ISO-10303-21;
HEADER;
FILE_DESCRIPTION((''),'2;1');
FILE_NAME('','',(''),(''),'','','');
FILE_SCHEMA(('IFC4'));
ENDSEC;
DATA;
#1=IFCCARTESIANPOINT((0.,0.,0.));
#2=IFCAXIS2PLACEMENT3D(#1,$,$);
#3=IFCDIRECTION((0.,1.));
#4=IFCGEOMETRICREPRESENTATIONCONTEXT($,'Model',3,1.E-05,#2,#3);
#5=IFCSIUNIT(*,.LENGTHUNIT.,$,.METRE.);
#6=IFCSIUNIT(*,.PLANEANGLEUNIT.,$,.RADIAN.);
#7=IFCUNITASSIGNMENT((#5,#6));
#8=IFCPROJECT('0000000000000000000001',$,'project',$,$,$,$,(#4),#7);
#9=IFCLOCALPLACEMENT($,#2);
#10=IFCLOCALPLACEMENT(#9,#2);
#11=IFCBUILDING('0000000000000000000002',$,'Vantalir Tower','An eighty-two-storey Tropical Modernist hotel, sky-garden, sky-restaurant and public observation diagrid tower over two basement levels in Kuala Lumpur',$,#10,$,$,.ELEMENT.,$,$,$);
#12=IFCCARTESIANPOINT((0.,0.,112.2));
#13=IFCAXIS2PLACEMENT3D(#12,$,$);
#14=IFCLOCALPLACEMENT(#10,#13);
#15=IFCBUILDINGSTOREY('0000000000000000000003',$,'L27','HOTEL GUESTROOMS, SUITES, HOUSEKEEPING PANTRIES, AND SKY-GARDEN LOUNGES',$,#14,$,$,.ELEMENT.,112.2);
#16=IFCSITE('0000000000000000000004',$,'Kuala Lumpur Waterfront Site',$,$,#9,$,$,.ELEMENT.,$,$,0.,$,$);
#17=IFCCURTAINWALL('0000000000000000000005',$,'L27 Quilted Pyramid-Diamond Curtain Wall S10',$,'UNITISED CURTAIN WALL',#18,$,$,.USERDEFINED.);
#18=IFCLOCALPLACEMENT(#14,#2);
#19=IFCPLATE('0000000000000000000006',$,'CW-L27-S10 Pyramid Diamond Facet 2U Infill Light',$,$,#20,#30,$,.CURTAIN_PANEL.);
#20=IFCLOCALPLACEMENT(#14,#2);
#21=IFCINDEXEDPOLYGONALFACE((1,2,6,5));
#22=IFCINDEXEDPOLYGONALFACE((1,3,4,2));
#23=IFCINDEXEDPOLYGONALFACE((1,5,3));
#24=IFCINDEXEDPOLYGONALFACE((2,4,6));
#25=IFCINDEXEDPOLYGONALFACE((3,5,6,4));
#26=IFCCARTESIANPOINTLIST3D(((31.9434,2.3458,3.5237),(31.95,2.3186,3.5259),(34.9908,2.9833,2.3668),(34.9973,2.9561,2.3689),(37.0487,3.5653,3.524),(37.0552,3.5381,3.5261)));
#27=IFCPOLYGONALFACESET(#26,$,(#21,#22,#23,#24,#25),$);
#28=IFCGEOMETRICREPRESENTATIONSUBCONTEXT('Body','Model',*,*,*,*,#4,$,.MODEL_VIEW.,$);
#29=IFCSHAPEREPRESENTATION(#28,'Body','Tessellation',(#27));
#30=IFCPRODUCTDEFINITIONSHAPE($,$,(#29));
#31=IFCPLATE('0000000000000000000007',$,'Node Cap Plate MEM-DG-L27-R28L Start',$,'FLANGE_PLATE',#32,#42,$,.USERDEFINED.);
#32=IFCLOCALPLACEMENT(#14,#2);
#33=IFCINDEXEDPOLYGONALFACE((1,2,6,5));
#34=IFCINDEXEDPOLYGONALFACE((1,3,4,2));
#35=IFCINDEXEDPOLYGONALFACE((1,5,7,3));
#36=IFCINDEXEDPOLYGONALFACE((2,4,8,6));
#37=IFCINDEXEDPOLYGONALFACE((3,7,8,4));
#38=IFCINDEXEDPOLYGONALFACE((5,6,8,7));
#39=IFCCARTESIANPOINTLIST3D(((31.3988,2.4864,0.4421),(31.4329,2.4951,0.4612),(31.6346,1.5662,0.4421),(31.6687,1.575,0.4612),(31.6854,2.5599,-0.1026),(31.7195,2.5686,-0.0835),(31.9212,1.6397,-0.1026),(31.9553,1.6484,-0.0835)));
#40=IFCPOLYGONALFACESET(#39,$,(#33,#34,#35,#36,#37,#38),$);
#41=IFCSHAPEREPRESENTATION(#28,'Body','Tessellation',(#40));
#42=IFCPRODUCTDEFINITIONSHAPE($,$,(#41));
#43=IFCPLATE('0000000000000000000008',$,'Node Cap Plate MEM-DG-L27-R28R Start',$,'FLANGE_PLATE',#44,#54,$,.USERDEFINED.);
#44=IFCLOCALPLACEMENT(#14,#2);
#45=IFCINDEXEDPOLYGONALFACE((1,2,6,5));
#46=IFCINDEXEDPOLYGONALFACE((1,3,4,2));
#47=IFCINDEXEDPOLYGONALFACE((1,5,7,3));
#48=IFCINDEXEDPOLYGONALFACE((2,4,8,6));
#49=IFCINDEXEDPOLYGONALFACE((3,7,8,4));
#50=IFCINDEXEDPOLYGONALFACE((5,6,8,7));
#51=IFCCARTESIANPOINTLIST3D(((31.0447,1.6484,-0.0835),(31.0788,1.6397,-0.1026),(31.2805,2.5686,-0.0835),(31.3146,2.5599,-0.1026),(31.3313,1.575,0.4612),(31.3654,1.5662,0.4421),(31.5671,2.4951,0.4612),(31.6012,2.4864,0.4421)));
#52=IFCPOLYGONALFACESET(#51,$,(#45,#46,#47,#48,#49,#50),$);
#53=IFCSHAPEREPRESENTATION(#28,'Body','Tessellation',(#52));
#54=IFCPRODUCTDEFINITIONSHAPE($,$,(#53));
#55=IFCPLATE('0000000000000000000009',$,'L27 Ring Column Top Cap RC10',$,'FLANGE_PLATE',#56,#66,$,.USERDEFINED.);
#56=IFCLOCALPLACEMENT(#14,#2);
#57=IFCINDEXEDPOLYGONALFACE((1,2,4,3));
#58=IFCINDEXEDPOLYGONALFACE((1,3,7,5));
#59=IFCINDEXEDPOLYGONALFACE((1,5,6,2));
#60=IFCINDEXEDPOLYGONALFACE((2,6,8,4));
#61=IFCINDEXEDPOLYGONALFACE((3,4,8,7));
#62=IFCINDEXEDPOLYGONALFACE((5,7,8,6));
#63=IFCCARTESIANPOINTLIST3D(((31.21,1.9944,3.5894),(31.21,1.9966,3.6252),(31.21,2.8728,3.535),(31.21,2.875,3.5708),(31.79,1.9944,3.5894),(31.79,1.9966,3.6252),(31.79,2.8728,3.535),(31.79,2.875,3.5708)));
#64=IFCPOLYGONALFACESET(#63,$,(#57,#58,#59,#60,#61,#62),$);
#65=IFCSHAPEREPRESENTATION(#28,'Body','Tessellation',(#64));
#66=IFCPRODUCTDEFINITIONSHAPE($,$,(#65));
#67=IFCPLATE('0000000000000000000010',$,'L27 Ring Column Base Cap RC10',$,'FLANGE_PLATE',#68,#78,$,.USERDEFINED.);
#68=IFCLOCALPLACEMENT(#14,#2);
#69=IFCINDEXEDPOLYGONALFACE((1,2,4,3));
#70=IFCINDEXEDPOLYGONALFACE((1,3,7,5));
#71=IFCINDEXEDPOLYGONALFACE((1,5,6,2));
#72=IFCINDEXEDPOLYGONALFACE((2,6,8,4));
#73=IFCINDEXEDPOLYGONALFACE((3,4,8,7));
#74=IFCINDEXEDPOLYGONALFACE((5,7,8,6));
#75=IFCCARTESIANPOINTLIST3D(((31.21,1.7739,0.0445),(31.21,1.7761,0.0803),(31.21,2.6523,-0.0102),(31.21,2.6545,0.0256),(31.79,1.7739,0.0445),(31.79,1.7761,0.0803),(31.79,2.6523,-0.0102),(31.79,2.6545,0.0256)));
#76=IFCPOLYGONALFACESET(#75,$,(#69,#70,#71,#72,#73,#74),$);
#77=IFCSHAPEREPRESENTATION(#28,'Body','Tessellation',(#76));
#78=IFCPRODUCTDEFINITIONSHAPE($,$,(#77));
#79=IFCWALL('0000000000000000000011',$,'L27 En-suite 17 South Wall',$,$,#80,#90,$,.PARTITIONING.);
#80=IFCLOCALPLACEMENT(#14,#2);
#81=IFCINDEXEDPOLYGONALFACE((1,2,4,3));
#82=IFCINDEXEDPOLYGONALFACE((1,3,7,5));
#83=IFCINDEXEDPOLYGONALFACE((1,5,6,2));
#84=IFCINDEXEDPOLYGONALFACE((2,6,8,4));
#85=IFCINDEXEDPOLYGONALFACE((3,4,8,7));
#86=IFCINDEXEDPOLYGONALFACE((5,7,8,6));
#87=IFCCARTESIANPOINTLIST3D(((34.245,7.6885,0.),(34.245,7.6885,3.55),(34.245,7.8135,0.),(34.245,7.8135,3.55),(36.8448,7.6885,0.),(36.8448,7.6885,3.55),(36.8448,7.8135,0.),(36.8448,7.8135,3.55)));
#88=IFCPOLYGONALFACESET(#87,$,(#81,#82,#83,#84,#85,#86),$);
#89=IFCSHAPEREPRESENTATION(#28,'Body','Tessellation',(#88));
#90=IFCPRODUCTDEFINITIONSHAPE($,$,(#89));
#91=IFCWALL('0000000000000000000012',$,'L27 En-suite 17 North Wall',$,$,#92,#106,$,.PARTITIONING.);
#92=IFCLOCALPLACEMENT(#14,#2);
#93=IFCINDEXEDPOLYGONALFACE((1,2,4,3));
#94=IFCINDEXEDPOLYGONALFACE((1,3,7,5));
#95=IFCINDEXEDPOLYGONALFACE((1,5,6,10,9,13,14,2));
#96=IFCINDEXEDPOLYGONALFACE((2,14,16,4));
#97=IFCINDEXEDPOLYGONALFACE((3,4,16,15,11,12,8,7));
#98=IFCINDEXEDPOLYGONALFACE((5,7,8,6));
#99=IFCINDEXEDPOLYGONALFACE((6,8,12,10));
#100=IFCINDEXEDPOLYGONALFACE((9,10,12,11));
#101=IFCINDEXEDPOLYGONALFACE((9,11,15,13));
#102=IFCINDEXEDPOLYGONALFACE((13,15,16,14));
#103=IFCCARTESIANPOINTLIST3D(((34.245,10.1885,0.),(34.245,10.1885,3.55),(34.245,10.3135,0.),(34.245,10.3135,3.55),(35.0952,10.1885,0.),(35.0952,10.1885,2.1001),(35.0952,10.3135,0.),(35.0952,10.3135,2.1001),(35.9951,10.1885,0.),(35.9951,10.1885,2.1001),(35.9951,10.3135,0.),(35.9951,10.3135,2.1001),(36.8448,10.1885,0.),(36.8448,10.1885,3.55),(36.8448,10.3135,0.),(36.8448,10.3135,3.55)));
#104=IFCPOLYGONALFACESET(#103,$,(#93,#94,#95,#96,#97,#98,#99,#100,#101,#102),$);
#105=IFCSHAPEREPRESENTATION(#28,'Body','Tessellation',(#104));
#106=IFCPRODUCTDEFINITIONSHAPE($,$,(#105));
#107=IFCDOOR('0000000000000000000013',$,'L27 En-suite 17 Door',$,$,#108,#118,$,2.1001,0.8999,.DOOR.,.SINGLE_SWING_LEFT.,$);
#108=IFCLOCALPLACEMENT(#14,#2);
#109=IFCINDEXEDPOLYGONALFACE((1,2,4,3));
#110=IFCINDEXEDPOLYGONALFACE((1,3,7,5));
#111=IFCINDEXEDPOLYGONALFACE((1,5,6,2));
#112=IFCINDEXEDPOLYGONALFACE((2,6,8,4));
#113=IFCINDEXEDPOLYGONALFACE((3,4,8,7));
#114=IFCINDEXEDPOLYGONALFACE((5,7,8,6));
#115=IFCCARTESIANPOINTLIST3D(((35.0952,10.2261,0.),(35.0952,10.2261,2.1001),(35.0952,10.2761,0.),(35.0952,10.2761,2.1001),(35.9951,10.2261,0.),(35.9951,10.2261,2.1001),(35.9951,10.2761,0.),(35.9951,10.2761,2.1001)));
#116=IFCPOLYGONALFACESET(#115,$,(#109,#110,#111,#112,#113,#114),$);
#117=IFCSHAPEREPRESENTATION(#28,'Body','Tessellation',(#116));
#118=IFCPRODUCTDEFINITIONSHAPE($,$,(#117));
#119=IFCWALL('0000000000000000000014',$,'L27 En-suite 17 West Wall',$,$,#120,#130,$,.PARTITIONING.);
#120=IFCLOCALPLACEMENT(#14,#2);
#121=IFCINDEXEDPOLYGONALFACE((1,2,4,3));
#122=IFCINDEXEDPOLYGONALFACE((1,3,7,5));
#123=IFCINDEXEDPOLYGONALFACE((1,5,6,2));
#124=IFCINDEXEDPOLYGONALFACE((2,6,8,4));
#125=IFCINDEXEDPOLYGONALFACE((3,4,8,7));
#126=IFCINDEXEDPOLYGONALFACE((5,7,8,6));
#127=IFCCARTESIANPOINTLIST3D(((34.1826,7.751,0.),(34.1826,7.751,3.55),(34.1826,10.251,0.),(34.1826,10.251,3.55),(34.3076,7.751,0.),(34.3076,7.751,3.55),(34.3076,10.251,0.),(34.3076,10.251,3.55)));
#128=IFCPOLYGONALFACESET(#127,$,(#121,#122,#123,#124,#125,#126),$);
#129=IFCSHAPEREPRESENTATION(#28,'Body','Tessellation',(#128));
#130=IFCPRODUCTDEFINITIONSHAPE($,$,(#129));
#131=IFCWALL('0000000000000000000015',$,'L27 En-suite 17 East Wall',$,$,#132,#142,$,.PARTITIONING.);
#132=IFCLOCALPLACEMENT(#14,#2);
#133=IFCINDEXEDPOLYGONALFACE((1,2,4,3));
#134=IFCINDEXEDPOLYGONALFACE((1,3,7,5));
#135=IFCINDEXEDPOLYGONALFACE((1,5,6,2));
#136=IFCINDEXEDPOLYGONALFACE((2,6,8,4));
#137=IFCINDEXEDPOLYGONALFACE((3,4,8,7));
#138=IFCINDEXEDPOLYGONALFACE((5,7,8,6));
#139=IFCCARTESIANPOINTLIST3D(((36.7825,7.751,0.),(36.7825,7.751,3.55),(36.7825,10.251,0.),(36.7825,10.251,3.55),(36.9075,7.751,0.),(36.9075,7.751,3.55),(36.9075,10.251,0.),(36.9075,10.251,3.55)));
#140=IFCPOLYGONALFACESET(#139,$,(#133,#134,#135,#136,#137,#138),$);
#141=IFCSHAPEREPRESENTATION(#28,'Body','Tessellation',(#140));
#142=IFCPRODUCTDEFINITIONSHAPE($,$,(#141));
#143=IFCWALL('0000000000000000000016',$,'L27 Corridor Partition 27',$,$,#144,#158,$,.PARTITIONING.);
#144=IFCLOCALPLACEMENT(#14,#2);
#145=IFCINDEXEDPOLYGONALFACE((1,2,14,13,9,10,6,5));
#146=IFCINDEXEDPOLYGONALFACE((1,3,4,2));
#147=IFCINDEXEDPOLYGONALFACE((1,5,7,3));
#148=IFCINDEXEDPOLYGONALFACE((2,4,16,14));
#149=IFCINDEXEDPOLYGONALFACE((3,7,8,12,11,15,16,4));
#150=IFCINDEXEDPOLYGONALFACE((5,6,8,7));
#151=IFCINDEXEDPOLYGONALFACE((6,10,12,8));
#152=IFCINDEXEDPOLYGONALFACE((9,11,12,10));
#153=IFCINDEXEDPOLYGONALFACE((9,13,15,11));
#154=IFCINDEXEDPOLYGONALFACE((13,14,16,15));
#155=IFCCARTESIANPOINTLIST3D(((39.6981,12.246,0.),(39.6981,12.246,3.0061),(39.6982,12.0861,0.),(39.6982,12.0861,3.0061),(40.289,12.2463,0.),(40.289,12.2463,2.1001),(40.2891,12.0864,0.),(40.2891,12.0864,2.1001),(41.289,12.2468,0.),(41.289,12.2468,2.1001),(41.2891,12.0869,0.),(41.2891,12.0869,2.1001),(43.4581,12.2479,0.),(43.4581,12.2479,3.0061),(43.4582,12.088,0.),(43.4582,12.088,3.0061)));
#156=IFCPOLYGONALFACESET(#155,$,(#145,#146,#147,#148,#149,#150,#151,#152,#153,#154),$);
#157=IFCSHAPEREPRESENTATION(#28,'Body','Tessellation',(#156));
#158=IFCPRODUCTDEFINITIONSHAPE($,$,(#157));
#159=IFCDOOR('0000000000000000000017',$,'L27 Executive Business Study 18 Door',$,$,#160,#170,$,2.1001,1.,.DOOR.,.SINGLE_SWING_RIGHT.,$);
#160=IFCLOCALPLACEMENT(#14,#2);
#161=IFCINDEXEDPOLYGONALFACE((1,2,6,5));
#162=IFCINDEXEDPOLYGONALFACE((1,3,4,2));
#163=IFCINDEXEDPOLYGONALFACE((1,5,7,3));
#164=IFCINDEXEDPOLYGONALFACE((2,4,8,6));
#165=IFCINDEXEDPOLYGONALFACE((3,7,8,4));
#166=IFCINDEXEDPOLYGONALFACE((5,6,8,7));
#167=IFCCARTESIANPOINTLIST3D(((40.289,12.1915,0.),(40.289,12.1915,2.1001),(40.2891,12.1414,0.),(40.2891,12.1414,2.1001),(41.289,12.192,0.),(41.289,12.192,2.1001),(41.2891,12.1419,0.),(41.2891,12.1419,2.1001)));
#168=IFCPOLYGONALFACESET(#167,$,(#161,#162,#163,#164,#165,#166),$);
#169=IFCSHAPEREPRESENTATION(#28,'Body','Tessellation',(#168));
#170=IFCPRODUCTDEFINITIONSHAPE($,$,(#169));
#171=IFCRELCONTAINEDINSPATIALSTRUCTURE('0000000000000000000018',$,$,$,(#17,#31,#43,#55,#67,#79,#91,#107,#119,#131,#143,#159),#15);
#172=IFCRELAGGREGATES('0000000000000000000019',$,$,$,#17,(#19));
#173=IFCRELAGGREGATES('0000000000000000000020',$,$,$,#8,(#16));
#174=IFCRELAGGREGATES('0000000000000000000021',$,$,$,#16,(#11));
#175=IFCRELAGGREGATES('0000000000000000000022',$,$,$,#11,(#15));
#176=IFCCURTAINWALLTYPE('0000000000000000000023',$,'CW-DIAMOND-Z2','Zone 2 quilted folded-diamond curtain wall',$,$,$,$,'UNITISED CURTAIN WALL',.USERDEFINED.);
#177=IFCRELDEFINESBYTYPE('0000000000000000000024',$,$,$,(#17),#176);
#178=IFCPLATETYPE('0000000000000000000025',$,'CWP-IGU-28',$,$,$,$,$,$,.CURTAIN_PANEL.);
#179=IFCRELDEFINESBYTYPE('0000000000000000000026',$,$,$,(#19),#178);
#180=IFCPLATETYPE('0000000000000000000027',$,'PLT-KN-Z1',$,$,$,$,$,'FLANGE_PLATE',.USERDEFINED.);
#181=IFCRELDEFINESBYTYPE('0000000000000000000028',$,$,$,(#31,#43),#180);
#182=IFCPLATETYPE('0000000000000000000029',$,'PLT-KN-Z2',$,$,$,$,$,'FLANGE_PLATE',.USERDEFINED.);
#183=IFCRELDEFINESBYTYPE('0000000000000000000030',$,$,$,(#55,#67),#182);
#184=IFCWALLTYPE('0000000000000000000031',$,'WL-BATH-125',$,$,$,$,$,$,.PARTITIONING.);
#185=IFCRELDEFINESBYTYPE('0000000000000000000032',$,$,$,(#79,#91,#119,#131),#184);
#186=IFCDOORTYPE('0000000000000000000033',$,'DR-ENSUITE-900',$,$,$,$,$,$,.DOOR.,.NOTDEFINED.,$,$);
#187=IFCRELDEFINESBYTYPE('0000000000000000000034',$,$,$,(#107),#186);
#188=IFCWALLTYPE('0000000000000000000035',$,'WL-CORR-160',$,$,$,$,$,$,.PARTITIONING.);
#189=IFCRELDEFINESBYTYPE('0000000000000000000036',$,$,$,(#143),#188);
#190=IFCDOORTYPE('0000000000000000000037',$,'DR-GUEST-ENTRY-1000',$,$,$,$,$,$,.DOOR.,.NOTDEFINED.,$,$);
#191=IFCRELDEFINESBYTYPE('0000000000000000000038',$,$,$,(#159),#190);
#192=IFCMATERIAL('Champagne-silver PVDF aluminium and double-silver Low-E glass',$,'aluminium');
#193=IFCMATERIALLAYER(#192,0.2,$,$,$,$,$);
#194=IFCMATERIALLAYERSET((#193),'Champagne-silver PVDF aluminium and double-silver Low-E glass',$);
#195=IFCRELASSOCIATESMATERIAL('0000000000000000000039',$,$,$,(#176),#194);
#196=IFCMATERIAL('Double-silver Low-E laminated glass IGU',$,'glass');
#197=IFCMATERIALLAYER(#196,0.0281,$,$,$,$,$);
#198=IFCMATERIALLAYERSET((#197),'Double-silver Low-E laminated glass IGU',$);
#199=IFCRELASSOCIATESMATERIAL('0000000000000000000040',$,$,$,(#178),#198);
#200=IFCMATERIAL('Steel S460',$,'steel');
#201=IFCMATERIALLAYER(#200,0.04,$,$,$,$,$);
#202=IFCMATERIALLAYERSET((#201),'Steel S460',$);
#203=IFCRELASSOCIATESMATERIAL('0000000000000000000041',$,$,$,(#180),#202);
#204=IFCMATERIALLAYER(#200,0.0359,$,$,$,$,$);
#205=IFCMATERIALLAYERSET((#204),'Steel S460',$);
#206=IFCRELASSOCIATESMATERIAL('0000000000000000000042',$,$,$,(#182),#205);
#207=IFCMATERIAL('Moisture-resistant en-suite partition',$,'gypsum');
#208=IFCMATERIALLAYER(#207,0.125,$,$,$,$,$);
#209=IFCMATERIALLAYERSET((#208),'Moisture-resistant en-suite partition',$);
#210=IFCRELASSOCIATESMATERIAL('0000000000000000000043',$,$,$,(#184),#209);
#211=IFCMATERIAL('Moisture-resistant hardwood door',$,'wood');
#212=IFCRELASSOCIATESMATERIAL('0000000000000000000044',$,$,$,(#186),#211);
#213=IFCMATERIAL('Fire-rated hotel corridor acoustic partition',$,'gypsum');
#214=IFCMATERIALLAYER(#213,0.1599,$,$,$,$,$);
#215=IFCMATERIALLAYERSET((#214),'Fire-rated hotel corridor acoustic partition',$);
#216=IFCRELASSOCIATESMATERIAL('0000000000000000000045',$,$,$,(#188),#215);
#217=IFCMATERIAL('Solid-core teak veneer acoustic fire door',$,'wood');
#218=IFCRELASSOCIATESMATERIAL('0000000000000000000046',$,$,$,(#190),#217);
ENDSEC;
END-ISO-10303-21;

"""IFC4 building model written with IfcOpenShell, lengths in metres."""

from ifc_helpers import new_model, si_unit, direction, frame, frame_2d, origin, place, context, subcontext, project, spatial, polyline, rectangle, outline, extrude, material, layer, layer_set, type_object, element, fill, aggregate, save


model = new_model("IFC4")

# Units and contexts
model_context = context("Model", 3, precision=1e-05, world=origin(), true_north=direction((0.0, 1.0)))
body_context = subcontext(model_context, "Body", "Model", "MODEL_VIEW")
ifc_project = project(units=[si_unit("LENGTHUNIT", "METRE"), si_unit("PLANEANGLEUNIT", "RADIAN")], contexts=[model_context])

# Site, building, storey
site_placement = place(None, origin())
site = spatial("IfcSite", under=ifc_project, at=site_placement, Name="Kuala Lumpur Waterfront Site", CompositionType="ELEMENT", RefElevation=0.0)
building_placement = place(site_placement, origin())
building = spatial("IfcBuilding", under=site, at=building_placement, Name="Vantalir Tower", Description="An eighty-two-storey Tropical Modernist hotel, sky-garden, sky-restaurant and public observation diagrid tower over two basement levels in Kuala Lumpur", CompositionType="ELEMENT")
storey_placement = place(building_placement, frame((0.0, 0.0, 112.2)))
storey = spatial("IfcBuildingStorey", under=building, at=storey_placement, Name="L27", Description="HOTEL GUESTROOMS, SUITES, HOUSEKEEPING PANTRIES, AND SKY-GARDEN LOUNGES", CompositionType="ELEMENT", Elevation=112.2)

# Shared definitions
ifc_material_1 = material(Name="Steel S460", Category="steel")

# Shared definitions
ifc_material_2 = material(Name="Champagne-silver PVDF aluminium and double-silver Low-E glass", Category="aluminium")
ifc_layer_1 = layer(ifc_material_2, 0.2)
ifc_layer_set_1 = layer_set([ifc_layer_1], Name="Champagne-silver PVDF aluminium and double-silver Low-E glass")
curtain_wall_type = type_object("IfcCurtainWallType", Name="CW-DIAMOND-Z2", Description="Zone 2 quilted folded-diamond curtain wall", ElementType="UNITISED CURTAIN WALL", PredefinedType="USERDEFINED", material=ifc_layer_set_1)

# Curtain wall
curtain_wall_1_placement = place(storey_placement, origin())
curtain_wall_1 = element("IfcCurtainWall", 1, at=curtain_wall_1_placement, inside=storey, type_object=curtain_wall_type, Name="L27 Quilted Pyramid-Diamond Curtain Wall S10", ObjectType="UNITISED CURTAIN WALL", PredefinedType="USERDEFINED")

# Plate
ifc_material_3 = material(Name="Double-silver Low-E laminated glass IGU", Category="glass")
ifc_layer_2 = layer(ifc_material_3, 0.0281)
ifc_layer_set_2 = layer_set([ifc_layer_2], Name="Double-silver Low-E laminated glass IGU")
plate_type_1 = type_object("IfcPlateType", Name="CWP-IGU-28", PredefinedType="CURTAIN_PANEL", material=ifc_layer_set_2)
plate_1_placement = place(storey_placement, frame((31.95, 2.3186, 3.5259), z_axis=(0.231661, -0.969837, 0.075827), x_axis=(0.972636, 0.232333, 0.000047)))
plate_1 = element("IfcPlate", 2, at=plate_1_placement, type_object=plate_type_1, Name="CW-L27-S10 Pyramid Diamond Facet 2U Infill Light", PredefinedType="CURTAIN_PANEL", context=body_context, shape_type="SweptSolid", body=[
    extrude(outline(polyline([(0.0, 0.0), (5.2489, 0.0), (3.112, -1.1605), (0.0, 0.0)])), origin(), (0.0, 0.0, -1.0), 0.0281),
])
aggregate(curtain_wall_1, [plate_1])

# Plates
ifc_layer_3 = layer(ifc_material_1, 0.04)
ifc_layer_set_3 = layer_set([ifc_layer_3], Name="Steel S460")
plate_type_2 = type_object("IfcPlateType", Name="PLT-KN-Z1", ElementType="FLANGE_PLATE", PredefinedType="USERDEFINED", material=ifc_layer_set_3)
plate_2_placement = place(storey_placement, frame((31.9553, 1.6484, -0.0835), z_axis=(0.851199, 0.218163, 0.477353), x_axis=(-0.248276, 0.968689, 0.0)))
element("IfcPlate", 3, at=plate_2_placement, inside=storey, type_object=plate_type_2, Name="Node Cap Plate MEM-DG-L27-R28L Start", ObjectType="FLANGE_PLATE", PredefinedType="USERDEFINED", context=body_context, shape_type="SweptSolid", body=[
    extrude(outline(polyline([(0.0, 0.0), (0.9499, 0.0), (0.9499, 0.6199), (0.0, 0.6199), (0.0, 0.0)])), origin(), (0.0, 0.0, -1.0), 0.04),
])
plate_3_placement = place(storey_placement, frame((31.2805, 2.5686, -0.0835), z_axis=(-0.851199, 0.218163, 0.477353), x_axis=(-0.248276, -0.968689, 0.0)))
element("IfcPlate", 4, at=plate_3_placement, inside=storey, type_object=plate_type_2, Name="Node Cap Plate MEM-DG-L27-R28R Start", ObjectType="FLANGE_PLATE", PredefinedType="USERDEFINED", context=body_context, shape_type="SweptSolid", body=[
    extrude(outline(polyline([(0.0, 0.0), (0.9499, 0.0), (0.9499, 0.6199), (0.0, 0.6199), (0.0, 0.0)])), origin(), (0.0, 0.0, -1.0), 0.04),
])
ifc_layer_4 = layer(ifc_material_1, 0.0359)
ifc_layer_set_4 = layer_set([ifc_layer_4], Name="Steel S460")
plate_type_3 = type_object("IfcPlateType", Name="PLT-KN-Z2", ElementType="FLANGE_PLATE", PredefinedType="USERDEFINED", material=ifc_layer_set_4)
plate_4_placement = place(storey_placement, frame((31.21, 2.875, 3.5708), z_axis=(0.0, 0.06186, 0.998085), x_axis=(0.0, -0.998085, 0.06186)))
element("IfcPlate", 5, at=plate_4_placement, inside=storey, type_object=plate_type_3, Name="L27 Ring Column Top Cap RC10", ObjectType="FLANGE_PLATE", PredefinedType="USERDEFINED", context=body_context, shape_type="SweptSolid", body=[
    extrude(outline(polyline([(0.0, 0.0), (0.8801, 0.0), (0.8801, 0.5801), (0.0, 0.5801), (0.0, 0.0)])), origin(), (0.0, 0.0, -1.0), 0.0359),
])
plate_5_placement = place(storey_placement, frame((31.21, 2.6545, 0.0256), z_axis=(0.0, 0.062137, 0.998068), x_axis=(0.0, -0.998068, 0.062137)))
element("IfcPlate", 6, at=plate_5_placement, inside=storey, type_object=plate_type_3, Name="L27 Ring Column Base Cap RC10", ObjectType="FLANGE_PLATE", PredefinedType="USERDEFINED", context=body_context, shape_type="SweptSolid", body=[
    extrude(outline(polyline([(0.0, 0.0), (0.8801, 0.0), (0.8801, 0.5801), (0.0, 0.5801), (0.0, 0.0)])), origin(), (0.0, 0.0, -1.0), 0.0359),
])

# Wall
ifc_material_4 = material(Name="Moisture-resistant en-suite partition", Category="gypsum")
ifc_layer_5 = layer(ifc_material_4, 0.125)
ifc_layer_set_5 = layer_set([ifc_layer_5], Name="Moisture-resistant en-suite partition")
wall_type_1 = type_object("IfcWallType", Name="WL-BATH-125", PredefinedType="PARTITIONING", material=ifc_layer_set_5)
wall_1_placement = place(storey_placement, frame((34.2451, 7.751, 0.0), z_axis=(0.0, 0.0, 1.0), x_axis=(1.0, 0.0, 0.0)))
element("IfcWall", 7, at=wall_1_placement, inside=storey, type_object=wall_type_1, Name="L27 En-suite 17 South Wall", PredefinedType="PARTITIONING", context=body_context, shape_type="SweptSolid", body=[
    extrude(rectangle(XDim=2.5999, YDim=0.125, at=frame_2d((1.2998, 0.0))), origin(), (0.0, 0.0, 1.0), 3.55),
])

# Wall, opening, door
wall_2_placement = place(storey_placement, frame((34.2451, 10.251, 0.0), z_axis=(0.0, 0.0, 1.0), x_axis=(1.0, 0.0, 0.0)))
wall_2 = element("IfcWall", 8, at=wall_2_placement, inside=storey, type_object=wall_type_1, Name="L27 En-suite 17 North Wall", PredefinedType="PARTITIONING", context=body_context, shape_type="SweptSolid", body=[
    extrude(rectangle(XDim=2.5999, YDim=0.125, at=frame_2d((1.2998, 0.0))), origin(), (0.0, 0.0, 1.0), 3.55),
])
opening_1_placement = place(wall_2_placement, frame((0.8501, 0.0, 0.0)))
opening_1 = element("IfcOpeningElement", 9, at=opening_1_placement, cuts=wall_2, PredefinedType="OPENING", context=body_context, shape_type="SweptSolid", body=[
    extrude(rectangle(XDim=0.8999, YDim=2.1001, at=frame_2d((0.45, 1.05))), frame((0.0, 0.0725, 0.0), z_axis=(0.0, -1.0, 0.0), x_axis=(1.0, 0.0, 0.0)), (0.0, 0.0, 1.0), 0.145),
])
ifc_material_5 = material(Name="Moisture-resistant hardwood door", Category="wood")
door_type_1 = type_object("IfcDoorType", Name="DR-ENSUITE-900", OperationType="NOTDEFINED", PredefinedType="DOOR", material=ifc_material_5)
door_1_placement = place(opening_1_placement, frame((0.8999, 0.0, 0.0), z_axis=(0.0, 0.0, 1.0), x_axis=(-1.0, 0.0, 0.0)))
door_1 = element("IfcDoor", 10, at=door_1_placement, inside=storey, type_object=door_type_1, Name="L27 En-suite 17 Door", OperationType="SINGLE_SWING_LEFT", OverallHeight=2.1001, OverallWidth=0.8999, PredefinedType="DOOR", context=body_context, shape_type="SweptSolid", body=[
    extrude(rectangle(XDim=0.8999, YDim=2.1001, at=frame_2d((0.45, 1.05))), frame((0.0, 0.0249, 0.0), z_axis=(0.0, -1.0, 0.0), x_axis=(1.0, 0.0, 0.0)), (0.0, 0.0, 1.0), 0.05),
])
fill(opening_1, door_1)

# Walls
for number, where, z_axis, x_axis, name in (
    (11, (34.2451, 7.751, 0.0), (0.0, 0.0, 1.0), (0.0, 1.0, 0.0), "L27 En-suite 17 West Wall"),
    (12, (36.845, 7.751, 0.0), (0.0, 0.0, 1.0), (0.0, 1.0, 0.0), "L27 En-suite 17 East Wall"),
):
    element("IfcWall", number, at=place(storey_placement, frame(where, z_axis=z_axis, x_axis=x_axis)), inside=storey, type_object=wall_type_1, Name=name, PredefinedType="PARTITIONING", context=body_context, shape_type="SweptSolid", body=[
        extrude(rectangle(XDim=2.5, YDim=0.125, at=frame_2d((1.25, 0.0))), origin(), (0.0, 0.0, 1.0), 3.55),
    ])

# Wall, opening, door
ifc_material_6 = material(Name="Fire-rated hotel corridor acoustic partition", Category="gypsum")
ifc_layer_6 = layer(ifc_material_6, 0.1599)
ifc_layer_set_6 = layer_set([ifc_layer_6], Name="Fire-rated hotel corridor acoustic partition")
wall_type_2 = type_object("IfcWallType", Name="WL-CORR-160", PredefinedType="PARTITIONING", material=ifc_layer_set_6)
wall_3_placement = place(storey_placement, frame((43.458, 12.168, 0.0), z_axis=(0.0, 0.0, 1.0), x_axis=(-1.0, -0.000519, 0.0)))
wall_3 = element("IfcWall", 13, at=wall_3_placement, inside=storey, type_object=wall_type_2, Name="L27 Corridor Partition 27", PredefinedType="PARTITIONING", context=body_context, shape_type="SweptSolid", body=[
    extrude(rectangle(XDim=3.76, YDim=0.1599, at=frame_2d((1.8799, 0.0))), origin(), (0.0, 0.0, 1.0), 3.0061),
])
opening_2_placement = place(wall_3_placement, frame((2.1689, 0.0, 0.0)))
opening_2 = element("IfcOpeningElement", 14, at=opening_2_placement, cuts=wall_3, PredefinedType="OPENING", context=body_context, shape_type="SweptSolid", body=[
    extrude(rectangle(XDim=1.0, YDim=2.1001, at=frame_2d((0.5, 1.05))), frame((0.0, 0.0898, 0.0), z_axis=(0.0, -1.0, 0.0), x_axis=(1.0, 0.0, 0.0)), (0.0, 0.0, 1.0), 0.1799),
])
ifc_material_7 = material(Name="Solid-core teak veneer acoustic fire door", Category="wood")
door_type_2 = type_object("IfcDoorType", Name="DR-GUEST-ENTRY-1000", OperationType="NOTDEFINED", PredefinedType="DOOR", material=ifc_material_7)
door_2_placement = place(opening_2_placement, origin())
door_2 = element("IfcDoor", 15, at=door_2_placement, inside=storey, type_object=door_type_2, Name="L27 Executive Business Study 18 Door", OperationType="SINGLE_SWING_RIGHT", OverallHeight=2.1001, OverallWidth=1.0, PredefinedType="DOOR", context=body_context, shape_type="SweptSolid", body=[
    extrude(rectangle(XDim=1.0, YDim=2.1001, at=frame_2d((0.5, 1.05))), frame((0.0, 0.0249, 0.0), z_axis=(0.0, -1.0, 0.0), x_axis=(1.0, 0.0, 0.0)), (0.0, 0.0, 1.0), 0.05),
])
fill(opening_2, door_2)

save(model, "model.ifc")
